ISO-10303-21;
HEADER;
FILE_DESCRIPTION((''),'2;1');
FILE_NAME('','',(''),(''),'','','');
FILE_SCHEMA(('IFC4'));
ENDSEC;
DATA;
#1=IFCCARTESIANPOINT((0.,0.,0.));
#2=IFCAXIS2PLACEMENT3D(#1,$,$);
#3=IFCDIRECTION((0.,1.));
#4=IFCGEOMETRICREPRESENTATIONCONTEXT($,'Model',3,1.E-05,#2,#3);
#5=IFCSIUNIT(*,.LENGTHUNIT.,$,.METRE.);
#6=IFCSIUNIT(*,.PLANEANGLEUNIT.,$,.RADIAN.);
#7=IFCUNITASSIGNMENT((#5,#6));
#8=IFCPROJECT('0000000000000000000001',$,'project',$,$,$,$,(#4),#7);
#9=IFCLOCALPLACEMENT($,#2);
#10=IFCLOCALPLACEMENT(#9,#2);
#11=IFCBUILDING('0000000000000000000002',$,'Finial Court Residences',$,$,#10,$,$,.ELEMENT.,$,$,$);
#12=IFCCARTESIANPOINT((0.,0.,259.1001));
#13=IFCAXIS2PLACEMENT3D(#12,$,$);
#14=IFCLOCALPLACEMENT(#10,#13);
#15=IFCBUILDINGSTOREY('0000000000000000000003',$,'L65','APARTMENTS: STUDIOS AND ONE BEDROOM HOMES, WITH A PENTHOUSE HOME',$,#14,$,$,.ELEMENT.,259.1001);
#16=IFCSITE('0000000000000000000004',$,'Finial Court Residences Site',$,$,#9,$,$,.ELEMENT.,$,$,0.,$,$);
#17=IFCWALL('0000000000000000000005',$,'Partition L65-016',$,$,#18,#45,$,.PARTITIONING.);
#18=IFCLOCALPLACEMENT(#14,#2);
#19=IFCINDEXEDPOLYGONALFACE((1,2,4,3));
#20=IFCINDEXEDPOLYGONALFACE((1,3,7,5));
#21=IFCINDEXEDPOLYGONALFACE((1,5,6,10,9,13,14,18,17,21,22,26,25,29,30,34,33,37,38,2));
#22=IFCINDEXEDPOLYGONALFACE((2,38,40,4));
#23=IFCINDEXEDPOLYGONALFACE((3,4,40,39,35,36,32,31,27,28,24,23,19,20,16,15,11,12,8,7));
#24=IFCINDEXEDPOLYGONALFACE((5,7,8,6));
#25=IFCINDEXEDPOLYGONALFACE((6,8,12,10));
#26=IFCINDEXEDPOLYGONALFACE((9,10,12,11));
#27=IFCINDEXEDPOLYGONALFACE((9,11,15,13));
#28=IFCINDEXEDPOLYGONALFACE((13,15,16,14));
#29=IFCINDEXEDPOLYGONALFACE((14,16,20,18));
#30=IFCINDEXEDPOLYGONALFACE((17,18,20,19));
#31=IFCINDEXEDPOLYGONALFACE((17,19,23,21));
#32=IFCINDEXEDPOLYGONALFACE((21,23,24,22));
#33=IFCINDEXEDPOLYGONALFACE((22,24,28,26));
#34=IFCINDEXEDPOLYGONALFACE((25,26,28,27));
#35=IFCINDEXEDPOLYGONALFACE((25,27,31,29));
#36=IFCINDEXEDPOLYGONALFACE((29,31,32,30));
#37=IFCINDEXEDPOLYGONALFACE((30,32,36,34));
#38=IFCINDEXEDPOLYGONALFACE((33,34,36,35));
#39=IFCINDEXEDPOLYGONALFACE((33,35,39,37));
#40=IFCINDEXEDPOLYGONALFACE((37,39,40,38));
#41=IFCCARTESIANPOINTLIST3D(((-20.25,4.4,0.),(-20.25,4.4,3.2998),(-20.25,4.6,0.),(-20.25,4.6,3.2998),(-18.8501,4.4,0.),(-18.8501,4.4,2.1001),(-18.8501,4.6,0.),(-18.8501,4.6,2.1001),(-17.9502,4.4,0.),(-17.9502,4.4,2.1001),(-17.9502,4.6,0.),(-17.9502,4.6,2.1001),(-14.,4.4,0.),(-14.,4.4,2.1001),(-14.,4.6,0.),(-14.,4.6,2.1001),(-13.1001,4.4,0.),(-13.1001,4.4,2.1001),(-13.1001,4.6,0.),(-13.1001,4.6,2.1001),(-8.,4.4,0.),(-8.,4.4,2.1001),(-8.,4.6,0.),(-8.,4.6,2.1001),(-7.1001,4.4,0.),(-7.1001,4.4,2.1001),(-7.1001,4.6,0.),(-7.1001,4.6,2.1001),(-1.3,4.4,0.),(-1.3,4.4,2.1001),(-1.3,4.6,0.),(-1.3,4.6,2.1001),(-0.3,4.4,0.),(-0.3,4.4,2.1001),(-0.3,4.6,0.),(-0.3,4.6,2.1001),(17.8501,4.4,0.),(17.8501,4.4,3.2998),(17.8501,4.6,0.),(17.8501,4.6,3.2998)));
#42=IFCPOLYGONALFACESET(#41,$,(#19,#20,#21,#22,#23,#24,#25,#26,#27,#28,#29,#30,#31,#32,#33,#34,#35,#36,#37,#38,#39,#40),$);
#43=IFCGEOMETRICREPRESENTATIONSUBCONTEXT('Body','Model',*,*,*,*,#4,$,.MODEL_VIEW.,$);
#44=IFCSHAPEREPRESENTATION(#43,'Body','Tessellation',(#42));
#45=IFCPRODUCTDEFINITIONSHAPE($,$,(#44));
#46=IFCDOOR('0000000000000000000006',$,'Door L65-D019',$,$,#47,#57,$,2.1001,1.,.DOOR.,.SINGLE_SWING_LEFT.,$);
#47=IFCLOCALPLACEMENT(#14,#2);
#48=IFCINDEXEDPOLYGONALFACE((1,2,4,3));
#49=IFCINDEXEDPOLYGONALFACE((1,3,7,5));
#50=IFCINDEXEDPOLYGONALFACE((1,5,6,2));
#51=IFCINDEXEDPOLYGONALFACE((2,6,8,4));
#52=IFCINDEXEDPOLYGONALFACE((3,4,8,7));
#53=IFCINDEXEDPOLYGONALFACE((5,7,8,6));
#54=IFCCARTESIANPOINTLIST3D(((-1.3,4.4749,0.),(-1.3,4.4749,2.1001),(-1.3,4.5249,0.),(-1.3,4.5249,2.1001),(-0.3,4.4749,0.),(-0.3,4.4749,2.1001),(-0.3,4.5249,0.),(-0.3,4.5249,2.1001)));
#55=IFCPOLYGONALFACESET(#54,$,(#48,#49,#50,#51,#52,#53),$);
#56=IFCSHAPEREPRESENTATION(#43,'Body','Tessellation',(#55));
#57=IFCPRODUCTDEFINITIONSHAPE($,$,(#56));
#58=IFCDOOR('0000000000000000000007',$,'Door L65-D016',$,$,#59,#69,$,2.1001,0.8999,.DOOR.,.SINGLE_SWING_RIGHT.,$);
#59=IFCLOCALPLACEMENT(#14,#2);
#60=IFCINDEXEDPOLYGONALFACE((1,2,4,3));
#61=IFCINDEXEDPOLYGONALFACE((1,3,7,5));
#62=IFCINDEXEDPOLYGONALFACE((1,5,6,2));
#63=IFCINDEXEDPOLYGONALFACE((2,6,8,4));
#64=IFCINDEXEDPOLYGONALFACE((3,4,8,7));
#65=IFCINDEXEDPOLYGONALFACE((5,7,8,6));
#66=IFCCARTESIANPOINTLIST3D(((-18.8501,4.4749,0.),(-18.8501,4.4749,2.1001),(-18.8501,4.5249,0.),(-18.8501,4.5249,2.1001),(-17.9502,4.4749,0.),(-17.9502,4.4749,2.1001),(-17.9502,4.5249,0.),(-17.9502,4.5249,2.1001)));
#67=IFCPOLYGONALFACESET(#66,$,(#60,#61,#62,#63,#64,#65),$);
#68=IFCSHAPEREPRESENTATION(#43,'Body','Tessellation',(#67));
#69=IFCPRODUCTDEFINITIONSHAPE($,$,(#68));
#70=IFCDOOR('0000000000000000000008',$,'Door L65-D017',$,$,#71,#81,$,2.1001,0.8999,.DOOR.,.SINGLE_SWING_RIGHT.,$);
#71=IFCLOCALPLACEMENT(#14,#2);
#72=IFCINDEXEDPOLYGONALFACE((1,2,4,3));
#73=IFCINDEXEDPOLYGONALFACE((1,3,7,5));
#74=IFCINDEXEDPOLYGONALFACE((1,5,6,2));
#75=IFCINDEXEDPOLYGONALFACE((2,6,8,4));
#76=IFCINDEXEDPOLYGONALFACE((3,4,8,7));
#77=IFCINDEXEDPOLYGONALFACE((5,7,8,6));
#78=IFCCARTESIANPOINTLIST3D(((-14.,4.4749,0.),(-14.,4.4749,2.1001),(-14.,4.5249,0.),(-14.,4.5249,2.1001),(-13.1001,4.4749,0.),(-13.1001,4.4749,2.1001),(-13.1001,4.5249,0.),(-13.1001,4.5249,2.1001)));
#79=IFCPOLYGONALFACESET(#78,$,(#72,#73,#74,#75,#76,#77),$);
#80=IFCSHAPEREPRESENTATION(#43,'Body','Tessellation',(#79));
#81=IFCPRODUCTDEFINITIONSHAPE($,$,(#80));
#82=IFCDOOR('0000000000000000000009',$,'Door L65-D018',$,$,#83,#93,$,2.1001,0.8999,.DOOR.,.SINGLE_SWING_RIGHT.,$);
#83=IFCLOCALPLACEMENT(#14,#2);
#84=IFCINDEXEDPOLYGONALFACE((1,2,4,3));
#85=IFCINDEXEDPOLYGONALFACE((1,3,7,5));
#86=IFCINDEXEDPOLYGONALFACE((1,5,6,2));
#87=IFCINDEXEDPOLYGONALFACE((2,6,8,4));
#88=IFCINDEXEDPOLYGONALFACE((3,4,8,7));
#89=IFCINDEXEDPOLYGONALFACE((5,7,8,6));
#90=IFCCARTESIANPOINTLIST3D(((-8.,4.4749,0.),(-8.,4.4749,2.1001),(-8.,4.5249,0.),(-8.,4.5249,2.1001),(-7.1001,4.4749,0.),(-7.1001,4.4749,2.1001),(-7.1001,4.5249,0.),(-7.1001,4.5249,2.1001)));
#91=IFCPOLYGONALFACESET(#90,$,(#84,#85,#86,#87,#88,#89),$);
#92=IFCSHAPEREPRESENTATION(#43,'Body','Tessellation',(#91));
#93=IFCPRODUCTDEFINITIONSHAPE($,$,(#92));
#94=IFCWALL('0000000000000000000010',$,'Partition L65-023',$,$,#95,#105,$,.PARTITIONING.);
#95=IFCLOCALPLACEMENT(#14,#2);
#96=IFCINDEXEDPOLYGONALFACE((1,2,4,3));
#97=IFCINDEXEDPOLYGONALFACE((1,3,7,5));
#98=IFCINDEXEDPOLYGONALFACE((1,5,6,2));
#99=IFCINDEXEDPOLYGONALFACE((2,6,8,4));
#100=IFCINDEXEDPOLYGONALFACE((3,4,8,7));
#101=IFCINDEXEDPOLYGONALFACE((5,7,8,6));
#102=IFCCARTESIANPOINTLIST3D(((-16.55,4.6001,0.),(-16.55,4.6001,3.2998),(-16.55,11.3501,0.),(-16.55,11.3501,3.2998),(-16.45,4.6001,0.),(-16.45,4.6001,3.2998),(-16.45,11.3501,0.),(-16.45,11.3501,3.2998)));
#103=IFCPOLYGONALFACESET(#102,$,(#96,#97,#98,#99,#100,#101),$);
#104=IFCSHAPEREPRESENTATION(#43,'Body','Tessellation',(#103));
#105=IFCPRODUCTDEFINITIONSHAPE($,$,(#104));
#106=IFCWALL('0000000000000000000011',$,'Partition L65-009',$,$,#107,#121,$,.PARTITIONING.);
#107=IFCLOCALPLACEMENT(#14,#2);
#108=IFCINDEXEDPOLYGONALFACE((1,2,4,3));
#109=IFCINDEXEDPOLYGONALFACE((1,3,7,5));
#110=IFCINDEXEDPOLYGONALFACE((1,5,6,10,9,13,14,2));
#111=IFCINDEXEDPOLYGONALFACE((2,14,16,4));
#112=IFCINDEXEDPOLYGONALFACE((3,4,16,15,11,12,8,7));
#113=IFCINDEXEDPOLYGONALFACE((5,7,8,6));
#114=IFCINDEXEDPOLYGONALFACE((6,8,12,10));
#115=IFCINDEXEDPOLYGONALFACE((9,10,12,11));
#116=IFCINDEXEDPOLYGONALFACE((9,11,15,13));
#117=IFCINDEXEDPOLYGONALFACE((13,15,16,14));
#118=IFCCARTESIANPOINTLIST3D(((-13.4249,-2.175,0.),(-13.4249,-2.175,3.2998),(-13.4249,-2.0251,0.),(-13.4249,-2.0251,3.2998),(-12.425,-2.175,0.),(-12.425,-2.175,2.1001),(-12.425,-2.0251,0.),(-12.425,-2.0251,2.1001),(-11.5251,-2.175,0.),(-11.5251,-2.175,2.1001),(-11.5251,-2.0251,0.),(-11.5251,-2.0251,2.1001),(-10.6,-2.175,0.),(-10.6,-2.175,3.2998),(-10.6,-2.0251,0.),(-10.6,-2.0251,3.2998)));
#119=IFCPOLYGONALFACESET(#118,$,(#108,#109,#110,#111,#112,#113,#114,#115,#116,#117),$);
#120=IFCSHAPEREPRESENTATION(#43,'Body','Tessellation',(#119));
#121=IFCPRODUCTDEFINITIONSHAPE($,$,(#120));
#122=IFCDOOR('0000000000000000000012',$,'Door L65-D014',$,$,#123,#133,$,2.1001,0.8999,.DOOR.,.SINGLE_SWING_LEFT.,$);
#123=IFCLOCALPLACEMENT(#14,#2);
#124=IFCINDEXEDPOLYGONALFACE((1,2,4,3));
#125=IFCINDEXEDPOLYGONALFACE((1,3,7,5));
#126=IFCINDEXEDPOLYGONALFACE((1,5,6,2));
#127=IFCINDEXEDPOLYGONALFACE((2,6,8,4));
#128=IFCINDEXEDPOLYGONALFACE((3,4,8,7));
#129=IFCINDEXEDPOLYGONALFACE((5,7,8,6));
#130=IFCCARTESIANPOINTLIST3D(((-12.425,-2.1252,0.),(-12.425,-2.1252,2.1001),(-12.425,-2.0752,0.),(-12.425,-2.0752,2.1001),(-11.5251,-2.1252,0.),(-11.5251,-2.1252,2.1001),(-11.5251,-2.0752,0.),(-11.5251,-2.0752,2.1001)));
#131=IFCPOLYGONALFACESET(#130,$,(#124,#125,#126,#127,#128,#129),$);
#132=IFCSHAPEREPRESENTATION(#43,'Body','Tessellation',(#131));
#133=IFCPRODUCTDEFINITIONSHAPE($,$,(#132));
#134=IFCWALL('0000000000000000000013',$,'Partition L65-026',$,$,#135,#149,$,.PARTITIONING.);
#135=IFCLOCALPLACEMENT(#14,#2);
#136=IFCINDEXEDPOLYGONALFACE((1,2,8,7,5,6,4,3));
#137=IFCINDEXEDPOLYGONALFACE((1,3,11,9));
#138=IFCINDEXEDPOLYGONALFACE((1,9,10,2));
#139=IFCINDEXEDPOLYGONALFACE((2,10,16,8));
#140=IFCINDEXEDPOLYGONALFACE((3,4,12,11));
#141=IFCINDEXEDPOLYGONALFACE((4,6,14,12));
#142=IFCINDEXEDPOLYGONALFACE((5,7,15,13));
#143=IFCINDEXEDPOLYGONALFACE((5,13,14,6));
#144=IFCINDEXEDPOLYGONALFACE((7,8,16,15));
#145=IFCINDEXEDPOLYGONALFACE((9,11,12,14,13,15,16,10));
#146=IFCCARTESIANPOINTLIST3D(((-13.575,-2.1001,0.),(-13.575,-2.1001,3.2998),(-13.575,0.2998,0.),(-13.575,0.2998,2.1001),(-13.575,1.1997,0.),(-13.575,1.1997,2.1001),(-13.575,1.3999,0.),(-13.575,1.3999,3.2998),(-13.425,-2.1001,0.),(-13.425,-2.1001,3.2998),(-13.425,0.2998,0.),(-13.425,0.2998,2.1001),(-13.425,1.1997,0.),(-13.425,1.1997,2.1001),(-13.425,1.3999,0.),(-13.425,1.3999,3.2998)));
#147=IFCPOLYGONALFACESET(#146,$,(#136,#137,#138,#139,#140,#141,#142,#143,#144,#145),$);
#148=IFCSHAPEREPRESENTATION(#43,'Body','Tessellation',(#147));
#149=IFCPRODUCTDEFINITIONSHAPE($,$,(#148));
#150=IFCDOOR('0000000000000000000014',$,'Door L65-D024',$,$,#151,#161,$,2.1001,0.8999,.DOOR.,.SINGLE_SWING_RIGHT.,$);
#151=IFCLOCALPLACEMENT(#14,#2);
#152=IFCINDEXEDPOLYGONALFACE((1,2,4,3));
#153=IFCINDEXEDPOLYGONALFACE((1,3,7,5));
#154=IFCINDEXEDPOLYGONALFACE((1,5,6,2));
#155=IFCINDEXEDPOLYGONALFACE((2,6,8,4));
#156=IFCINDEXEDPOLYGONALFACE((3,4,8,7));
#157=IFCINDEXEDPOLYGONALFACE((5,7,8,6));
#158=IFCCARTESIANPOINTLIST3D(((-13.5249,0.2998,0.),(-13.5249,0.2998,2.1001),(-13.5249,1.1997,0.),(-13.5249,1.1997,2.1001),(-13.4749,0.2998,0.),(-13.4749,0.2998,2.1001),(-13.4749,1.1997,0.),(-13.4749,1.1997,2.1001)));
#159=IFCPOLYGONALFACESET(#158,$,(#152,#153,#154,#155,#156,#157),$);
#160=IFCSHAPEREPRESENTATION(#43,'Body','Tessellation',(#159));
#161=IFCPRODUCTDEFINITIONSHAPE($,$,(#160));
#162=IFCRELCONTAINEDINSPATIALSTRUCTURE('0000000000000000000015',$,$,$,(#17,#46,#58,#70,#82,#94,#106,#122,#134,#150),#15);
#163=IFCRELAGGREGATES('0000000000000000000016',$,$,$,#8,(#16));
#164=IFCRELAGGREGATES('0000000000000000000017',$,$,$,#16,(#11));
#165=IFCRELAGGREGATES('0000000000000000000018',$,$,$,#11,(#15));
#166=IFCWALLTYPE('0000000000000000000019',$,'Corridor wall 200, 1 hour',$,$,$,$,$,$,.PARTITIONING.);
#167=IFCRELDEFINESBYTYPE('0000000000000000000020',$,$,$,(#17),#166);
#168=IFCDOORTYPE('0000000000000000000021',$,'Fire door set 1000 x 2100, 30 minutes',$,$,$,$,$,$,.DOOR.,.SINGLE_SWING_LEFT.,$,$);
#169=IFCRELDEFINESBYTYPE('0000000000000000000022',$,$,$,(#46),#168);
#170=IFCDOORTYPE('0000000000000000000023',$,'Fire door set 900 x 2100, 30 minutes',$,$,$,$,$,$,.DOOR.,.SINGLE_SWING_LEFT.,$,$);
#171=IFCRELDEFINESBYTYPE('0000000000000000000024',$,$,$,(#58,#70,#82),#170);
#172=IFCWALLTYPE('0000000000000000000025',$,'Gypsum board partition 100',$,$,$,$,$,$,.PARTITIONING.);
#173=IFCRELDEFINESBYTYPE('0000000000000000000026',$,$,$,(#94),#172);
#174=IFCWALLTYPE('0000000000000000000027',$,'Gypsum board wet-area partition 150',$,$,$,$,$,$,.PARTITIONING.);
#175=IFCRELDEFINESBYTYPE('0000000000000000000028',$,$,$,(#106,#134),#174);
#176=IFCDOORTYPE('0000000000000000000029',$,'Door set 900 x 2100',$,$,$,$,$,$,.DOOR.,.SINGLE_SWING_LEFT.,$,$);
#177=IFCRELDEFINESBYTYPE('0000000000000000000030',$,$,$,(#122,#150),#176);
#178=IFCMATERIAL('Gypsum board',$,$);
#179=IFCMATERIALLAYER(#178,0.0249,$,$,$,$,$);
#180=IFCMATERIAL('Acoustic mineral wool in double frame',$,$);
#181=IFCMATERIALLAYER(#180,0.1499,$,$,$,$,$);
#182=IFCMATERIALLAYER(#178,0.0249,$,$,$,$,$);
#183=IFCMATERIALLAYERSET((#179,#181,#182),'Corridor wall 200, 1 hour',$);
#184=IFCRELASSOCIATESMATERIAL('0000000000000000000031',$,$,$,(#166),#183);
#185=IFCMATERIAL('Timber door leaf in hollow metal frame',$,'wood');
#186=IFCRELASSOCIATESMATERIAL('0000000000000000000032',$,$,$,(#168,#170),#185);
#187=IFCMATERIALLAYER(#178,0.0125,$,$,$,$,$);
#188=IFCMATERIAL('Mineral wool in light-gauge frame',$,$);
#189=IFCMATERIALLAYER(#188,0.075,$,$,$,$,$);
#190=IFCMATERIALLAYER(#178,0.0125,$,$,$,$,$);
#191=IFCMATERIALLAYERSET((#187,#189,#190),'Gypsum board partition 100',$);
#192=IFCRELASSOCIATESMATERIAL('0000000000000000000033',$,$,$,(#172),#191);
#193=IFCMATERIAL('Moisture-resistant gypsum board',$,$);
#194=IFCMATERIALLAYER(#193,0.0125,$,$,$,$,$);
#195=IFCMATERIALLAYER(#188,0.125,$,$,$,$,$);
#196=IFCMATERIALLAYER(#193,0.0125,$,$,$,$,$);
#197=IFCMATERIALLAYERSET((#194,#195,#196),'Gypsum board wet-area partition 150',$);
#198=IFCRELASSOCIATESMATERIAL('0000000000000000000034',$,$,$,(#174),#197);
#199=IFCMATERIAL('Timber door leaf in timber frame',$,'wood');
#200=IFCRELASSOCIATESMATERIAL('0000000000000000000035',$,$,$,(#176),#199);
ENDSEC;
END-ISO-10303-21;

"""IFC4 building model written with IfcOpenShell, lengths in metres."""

from ifc_helpers import new_model, si_unit, direction, frame, frame_2d, origin, place, context, subcontext, project, spatial, rectangle, extrude, material, layer, layer_set, type_object, element, fill, save


model = new_model("IFC4")

# Units and contexts
model_context = context("Model", 3, precision=1e-05, world=origin(), true_north=direction((0.0, 1.0)))
body_context = subcontext(model_context, "Body", "Model", "MODEL_VIEW")
ifc_project = project(units=[si_unit("LENGTHUNIT", "METRE"), si_unit("PLANEANGLEUNIT", "RADIAN")], contexts=[model_context])

# Site, building, storey
site_placement = place(None, origin())
site = spatial("IfcSite", under=ifc_project, at=site_placement, Name="Finial Court Residences Site", CompositionType="ELEMENT", RefElevation=0.0)
building_placement = place(site_placement, origin())
building = spatial("IfcBuilding", under=site, at=building_placement, Name="Finial Court Residences", CompositionType="ELEMENT")
storey_placement = place(building_placement, frame((0.0, 0.0, 259.1001)))
storey = spatial("IfcBuildingStorey", under=building, at=storey_placement, Name="L65", Description="APARTMENTS: STUDIOS AND ONE BEDROOM HOMES, WITH A PENTHOUSE HOME", CompositionType="ELEMENT", Elevation=259.1001)

# Shared definitions
ifc_material_1 = material(Name="Gypsum board")
ifc_layer_1 = layer(ifc_material_1, 0.0249)
ifc_material_2 = material(Name="Acoustic mineral wool in double frame")
ifc_layer_2 = layer(ifc_material_2, 0.1499)
ifc_layer_3 = layer(ifc_material_1, 0.0249)
ifc_layer_set_1 = layer_set([ifc_layer_1, ifc_layer_2, ifc_layer_3], Name="Corridor wall 200, 1 hour")
wall_type_1 = type_object("IfcWallType", Name="Corridor wall 200, 1 hour", PredefinedType="PARTITIONING", material=ifc_layer_set_1)

# Wall, openings, doors
wall_1_placement = place(storey_placement, frame((-20.25, 4.5, 0.0), z_axis=(0.0, 0.0, 1.0), x_axis=(1.0, 0.0, 0.0)))
wall_1 = element("IfcWall", 1, at=wall_1_placement, inside=storey, type_object=wall_type_1, Name="Partition L65-016", PredefinedType="PARTITIONING", context=body_context, shape_type="SweptSolid", body=[
    extrude(rectangle(XDim=38.1001, YDim=0.2, at=frame_2d((19.05, 0.0))), origin(), (0.0, 0.0, 1.0), 3.2998),
])
opening_1_placement = place(wall_1_placement, frame((1.3999, 0.0, 0.0)))
opening_1 = element("IfcOpeningElement", 2, at=opening_1_placement, cuts=wall_1, PredefinedType="OPENING", context=body_context, shape_type="SweptSolid", body=[
    extrude(rectangle(XDim=0.8999, YDim=2.1001, at=frame_2d((0.45, 1.05))), frame((0.0, 0.1099, 0.0), z_axis=(0.0, -1.0, 0.0), x_axis=(1.0, 0.0, 0.0)), (0.0, 0.0, 1.0), 0.22),
])
opening_2_placement = place(wall_1_placement, frame((6.25, 0.0, 0.0)))
opening_2 = element("IfcOpeningElement", 3, at=opening_2_placement, cuts=wall_1, PredefinedType="OPENING", context=body_context, shape_type="SweptSolid", body=[
    extrude(rectangle(XDim=0.8999, YDim=2.1001, at=frame_2d((0.45, 1.05))), frame((0.0, 0.1099, 0.0), z_axis=(0.0, -1.0, 0.0), x_axis=(1.0, 0.0, 0.0)), (0.0, 0.0, 1.0), 0.22),
])
opening_3_placement = place(wall_1_placement, frame((12.25, 0.0, 0.0)))
opening_3 = element("IfcOpeningElement", 4, at=opening_3_placement, cuts=wall_1, PredefinedType="OPENING", context=body_context, shape_type="SweptSolid", body=[
    extrude(rectangle(XDim=0.8999, YDim=2.1001, at=frame_2d((0.45, 1.05))), frame((0.0, 0.1099, 0.0), z_axis=(0.0, -1.0, 0.0), x_axis=(1.0, 0.0, 0.0)), (0.0, 0.0, 1.0), 0.22),
])
opening_4_placement = place(wall_1_placement, frame((18.95, 0.0, 0.0)))
opening_4 = element("IfcOpeningElement", 5, at=opening_4_placement, cuts=wall_1, PredefinedType="OPENING", context=body_context, shape_type="SweptSolid", body=[
    extrude(rectangle(XDim=1.0, YDim=2.1001, at=frame_2d((0.5, 1.05))), frame((0.0, 0.1099, 0.0), z_axis=(0.0, -1.0, 0.0), x_axis=(1.0, 0.0, 0.0)), (0.0, 0.0, 1.0), 0.22),
])
ifc_material_3 = material(Name="Timber door leaf in hollow metal frame", Category="wood")
door_type_1 = type_object("IfcDoorType", Name="Fire door set 1000 x 2100, 30 minutes", OperationType="SINGLE_SWING_LEFT", PredefinedType="DOOR", material=ifc_material_3)
door_1_placement = place(opening_4_placement, origin())
door_1 = element("IfcDoor", 6, at=door_1_placement, inside=storey, type_object=door_type_1, Name="Door L65-D019", OperationType="SINGLE_SWING_LEFT", OverallHeight=2.1001, OverallWidth=1.0, PredefinedType="DOOR", context=body_context, shape_type="SweptSolid", body=[
    extrude(rectangle(XDim=1.0, YDim=2.1001, at=frame_2d((0.5, 1.05))), frame((0.0, 0.0249, 0.0), z_axis=(0.0, -1.0, 0.0), x_axis=(1.0, 0.0, 0.0)), (0.0, 0.0, 1.0), 0.05),
])
fill(opening_4, door_1)
door_type_2 = type_object("IfcDoorType", Name="Fire door set 900 x 2100, 30 minutes", OperationType="SINGLE_SWING_LEFT", PredefinedType="DOOR", material=ifc_material_3)
door_2_placement = place(opening_1_placement, origin())
door_2 = element("IfcDoor", 7, at=door_2_placement, inside=storey, type_object=door_type_2, Name="Door L65-D016", OperationType="SINGLE_SWING_RIGHT", OverallHeight=2.1001, OverallWidth=0.8999, PredefinedType="DOOR", context=body_context, shape_type="SweptSolid", body=[
    extrude(rectangle(XDim=0.8999, YDim=2.1001, at=frame_2d((0.45, 1.05))), frame((0.0, 0.0249, 0.0), z_axis=(0.0, -1.0, 0.0), x_axis=(1.0, 0.0, 0.0)), (0.0, 0.0, 1.0), 0.05),
])
fill(opening_1, door_2)
door_3_placement = place(opening_2_placement, origin())
door_3 = element("IfcDoor", 8, at=door_3_placement, inside=storey, type_object=door_type_2, Name="Door L65-D017", OperationType="SINGLE_SWING_RIGHT", OverallHeight=2.1001, OverallWidth=0.8999, PredefinedType="DOOR", context=body_context, shape_type="SweptSolid", body=[
    extrude(rectangle(XDim=0.8999, YDim=2.1001, at=frame_2d((0.45, 1.05))), frame((0.0, 0.0249, 0.0), z_axis=(0.0, -1.0, 0.0), x_axis=(1.0, 0.0, 0.0)), (0.0, 0.0, 1.0), 0.05),
])
fill(opening_2, door_3)
door_4_placement = place(opening_3_placement, origin())
door_4 = element("IfcDoor", 9, at=door_4_placement, inside=storey, type_object=door_type_2, Name="Door L65-D018", OperationType="SINGLE_SWING_RIGHT", OverallHeight=2.1001, OverallWidth=0.8999, PredefinedType="DOOR", context=body_context, shape_type="SweptSolid", body=[
    extrude(rectangle(XDim=0.8999, YDim=2.1001, at=frame_2d((0.45, 1.05))), frame((0.0, 0.0249, 0.0), z_axis=(0.0, -1.0, 0.0), x_axis=(1.0, 0.0, 0.0)), (0.0, 0.0, 1.0), 0.05),
])
fill(opening_3, door_4)

# Wall
ifc_layer_4 = layer(ifc_material_1, 0.0125)
ifc_material_4 = material(Name="Mineral wool in light-gauge frame")
ifc_layer_5 = layer(ifc_material_4, 0.075)
ifc_layer_6 = layer(ifc_material_1, 0.0125)
ifc_layer_set_2 = layer_set([ifc_layer_4, ifc_layer_5, ifc_layer_6], Name="Gypsum board partition 100")
wall_type_2 = type_object("IfcWallType", Name="Gypsum board partition 100", PredefinedType="PARTITIONING", material=ifc_layer_set_2)
wall_2_placement = place(storey_placement, frame((-16.5, 4.6001, 0.0), z_axis=(0.0, 0.0, 1.0), x_axis=(0.0, 1.0, 0.0)))
element("IfcWall", 10, at=wall_2_placement, inside=storey, type_object=wall_type_2, Name="Partition L65-023", PredefinedType="PARTITIONING", context=body_context, shape_type="SweptSolid", body=[
    extrude(rectangle(XDim=6.75, YDim=0.1001, at=frame_2d((3.375, 0.0))), origin(), (0.0, 0.0, 1.0), 3.2998),
])

# Walls, openings, doors
ifc_material_5 = material(Name="Moisture-resistant gypsum board")
ifc_layer_7 = layer(ifc_material_5, 0.0125)
ifc_layer_8 = layer(ifc_material_4, 0.125)
ifc_layer_9 = layer(ifc_material_5, 0.0125)
ifc_layer_set_3 = layer_set([ifc_layer_7, ifc_layer_8, ifc_layer_9], Name="Gypsum board wet-area partition 150")
wall_type_3 = type_object("IfcWallType", Name="Gypsum board wet-area partition 150", PredefinedType="PARTITIONING", material=ifc_layer_set_3)
wall_3_placement = place(storey_placement, frame((-13.425, -2.1001, 0.0), z_axis=(0.0, 0.0, 1.0), x_axis=(1.0, 0.0, 0.0)))
wall_3 = element("IfcWall", 11, at=wall_3_placement, inside=storey, type_object=wall_type_3, Name="Partition L65-009", PredefinedType="PARTITIONING", context=body_context, shape_type="SweptSolid", body=[
    extrude(rectangle(XDim=2.825, YDim=0.1499, at=frame_2d((1.4126, 0.0))), origin(), (0.0, 0.0, 1.0), 3.2998),
])
opening_5_placement = place(wall_3_placement, frame((1.0, 0.0, 0.0)))
opening_5 = element("IfcOpeningElement", 12, at=opening_5_placement, cuts=wall_3, PredefinedType="OPENING", context=body_context, shape_type="SweptSolid", body=[
    extrude(rectangle(XDim=0.8999, YDim=2.1001, at=frame_2d((0.45, 1.05))), frame((0.0, 0.085, 0.0), z_axis=(0.0, -1.0, 0.0), x_axis=(1.0, 0.0, 0.0)), (0.0, 0.0, 1.0), 0.1699),
])
ifc_material_6 = material(Name="Timber door leaf in timber frame", Category="wood")
door_type_3 = type_object("IfcDoorType", Name="Door set 900 x 2100", OperationType="SINGLE_SWING_LEFT", PredefinedType="DOOR", material=ifc_material_6)
door_5_placement = place(opening_5_placement, origin())
door_5 = element("IfcDoor", 13, at=door_5_placement, inside=storey, type_object=door_type_3, Name="Door L65-D014", OperationType="SINGLE_SWING_LEFT", OverallHeight=2.1001, OverallWidth=0.8999, PredefinedType="DOOR", context=body_context, shape_type="SweptSolid", body=[
    extrude(rectangle(XDim=0.8999, YDim=2.1001, at=frame_2d((0.45, 1.05))), frame((0.0, 0.0249, 0.0), z_axis=(0.0, -1.0, 0.0), x_axis=(1.0, 0.0, 0.0)), (0.0, 0.0, 1.0), 0.05),
])
fill(opening_5, door_5)
wall_4_placement = place(storey_placement, frame((-13.5, -2.1001, 0.0), z_axis=(0.0, 0.0, 1.0), x_axis=(0.0, 1.0, 0.0)))
wall_4 = element("IfcWall", 14, at=wall_4_placement, inside=storey, type_object=wall_type_3, Name="Partition L65-026", PredefinedType="PARTITIONING", context=body_context, shape_type="SweptSolid", body=[
    extrude(rectangle(XDim=3.5, YDim=0.1499, at=frame_2d((1.75, 0.0))), origin(), (0.0, 0.0, 1.0), 3.2998),
])
opening_6_placement = place(wall_4_placement, frame((2.3999, 0.0, 0.0)))
opening_6 = element("IfcOpeningElement", 15, at=opening_6_placement, cuts=wall_4, PredefinedType="OPENING", context=body_context, shape_type="SweptSolid", body=[
    extrude(rectangle(XDim=0.8999, YDim=2.1001, at=frame_2d((0.45, 1.05))), frame((0.0, 0.085, 0.0), z_axis=(0.0, -1.0, 0.0), x_axis=(1.0, 0.0, 0.0)), (0.0, 0.0, 1.0), 0.1699),
])
door_6_placement = place(opening_6_placement, origin())
door_6 = element("IfcDoor", 16, at=door_6_placement, inside=storey, type_object=door_type_3, Name="Door L65-D024", OperationType="SINGLE_SWING_RIGHT", OverallHeight=2.1001, OverallWidth=0.8999, PredefinedType="DOOR", context=body_context, shape_type="SweptSolid", body=[
    extrude(rectangle(XDim=0.8999, YDim=2.1001, at=frame_2d((0.45, 1.05))), frame((0.0, 0.0249, 0.0), z_axis=(0.0, -1.0, 0.0), x_axis=(1.0, 0.0, 0.0)), (0.0, 0.0, 1.0), 0.05),
])
fill(opening_6, door_6)

save(model, "model.ifc")
